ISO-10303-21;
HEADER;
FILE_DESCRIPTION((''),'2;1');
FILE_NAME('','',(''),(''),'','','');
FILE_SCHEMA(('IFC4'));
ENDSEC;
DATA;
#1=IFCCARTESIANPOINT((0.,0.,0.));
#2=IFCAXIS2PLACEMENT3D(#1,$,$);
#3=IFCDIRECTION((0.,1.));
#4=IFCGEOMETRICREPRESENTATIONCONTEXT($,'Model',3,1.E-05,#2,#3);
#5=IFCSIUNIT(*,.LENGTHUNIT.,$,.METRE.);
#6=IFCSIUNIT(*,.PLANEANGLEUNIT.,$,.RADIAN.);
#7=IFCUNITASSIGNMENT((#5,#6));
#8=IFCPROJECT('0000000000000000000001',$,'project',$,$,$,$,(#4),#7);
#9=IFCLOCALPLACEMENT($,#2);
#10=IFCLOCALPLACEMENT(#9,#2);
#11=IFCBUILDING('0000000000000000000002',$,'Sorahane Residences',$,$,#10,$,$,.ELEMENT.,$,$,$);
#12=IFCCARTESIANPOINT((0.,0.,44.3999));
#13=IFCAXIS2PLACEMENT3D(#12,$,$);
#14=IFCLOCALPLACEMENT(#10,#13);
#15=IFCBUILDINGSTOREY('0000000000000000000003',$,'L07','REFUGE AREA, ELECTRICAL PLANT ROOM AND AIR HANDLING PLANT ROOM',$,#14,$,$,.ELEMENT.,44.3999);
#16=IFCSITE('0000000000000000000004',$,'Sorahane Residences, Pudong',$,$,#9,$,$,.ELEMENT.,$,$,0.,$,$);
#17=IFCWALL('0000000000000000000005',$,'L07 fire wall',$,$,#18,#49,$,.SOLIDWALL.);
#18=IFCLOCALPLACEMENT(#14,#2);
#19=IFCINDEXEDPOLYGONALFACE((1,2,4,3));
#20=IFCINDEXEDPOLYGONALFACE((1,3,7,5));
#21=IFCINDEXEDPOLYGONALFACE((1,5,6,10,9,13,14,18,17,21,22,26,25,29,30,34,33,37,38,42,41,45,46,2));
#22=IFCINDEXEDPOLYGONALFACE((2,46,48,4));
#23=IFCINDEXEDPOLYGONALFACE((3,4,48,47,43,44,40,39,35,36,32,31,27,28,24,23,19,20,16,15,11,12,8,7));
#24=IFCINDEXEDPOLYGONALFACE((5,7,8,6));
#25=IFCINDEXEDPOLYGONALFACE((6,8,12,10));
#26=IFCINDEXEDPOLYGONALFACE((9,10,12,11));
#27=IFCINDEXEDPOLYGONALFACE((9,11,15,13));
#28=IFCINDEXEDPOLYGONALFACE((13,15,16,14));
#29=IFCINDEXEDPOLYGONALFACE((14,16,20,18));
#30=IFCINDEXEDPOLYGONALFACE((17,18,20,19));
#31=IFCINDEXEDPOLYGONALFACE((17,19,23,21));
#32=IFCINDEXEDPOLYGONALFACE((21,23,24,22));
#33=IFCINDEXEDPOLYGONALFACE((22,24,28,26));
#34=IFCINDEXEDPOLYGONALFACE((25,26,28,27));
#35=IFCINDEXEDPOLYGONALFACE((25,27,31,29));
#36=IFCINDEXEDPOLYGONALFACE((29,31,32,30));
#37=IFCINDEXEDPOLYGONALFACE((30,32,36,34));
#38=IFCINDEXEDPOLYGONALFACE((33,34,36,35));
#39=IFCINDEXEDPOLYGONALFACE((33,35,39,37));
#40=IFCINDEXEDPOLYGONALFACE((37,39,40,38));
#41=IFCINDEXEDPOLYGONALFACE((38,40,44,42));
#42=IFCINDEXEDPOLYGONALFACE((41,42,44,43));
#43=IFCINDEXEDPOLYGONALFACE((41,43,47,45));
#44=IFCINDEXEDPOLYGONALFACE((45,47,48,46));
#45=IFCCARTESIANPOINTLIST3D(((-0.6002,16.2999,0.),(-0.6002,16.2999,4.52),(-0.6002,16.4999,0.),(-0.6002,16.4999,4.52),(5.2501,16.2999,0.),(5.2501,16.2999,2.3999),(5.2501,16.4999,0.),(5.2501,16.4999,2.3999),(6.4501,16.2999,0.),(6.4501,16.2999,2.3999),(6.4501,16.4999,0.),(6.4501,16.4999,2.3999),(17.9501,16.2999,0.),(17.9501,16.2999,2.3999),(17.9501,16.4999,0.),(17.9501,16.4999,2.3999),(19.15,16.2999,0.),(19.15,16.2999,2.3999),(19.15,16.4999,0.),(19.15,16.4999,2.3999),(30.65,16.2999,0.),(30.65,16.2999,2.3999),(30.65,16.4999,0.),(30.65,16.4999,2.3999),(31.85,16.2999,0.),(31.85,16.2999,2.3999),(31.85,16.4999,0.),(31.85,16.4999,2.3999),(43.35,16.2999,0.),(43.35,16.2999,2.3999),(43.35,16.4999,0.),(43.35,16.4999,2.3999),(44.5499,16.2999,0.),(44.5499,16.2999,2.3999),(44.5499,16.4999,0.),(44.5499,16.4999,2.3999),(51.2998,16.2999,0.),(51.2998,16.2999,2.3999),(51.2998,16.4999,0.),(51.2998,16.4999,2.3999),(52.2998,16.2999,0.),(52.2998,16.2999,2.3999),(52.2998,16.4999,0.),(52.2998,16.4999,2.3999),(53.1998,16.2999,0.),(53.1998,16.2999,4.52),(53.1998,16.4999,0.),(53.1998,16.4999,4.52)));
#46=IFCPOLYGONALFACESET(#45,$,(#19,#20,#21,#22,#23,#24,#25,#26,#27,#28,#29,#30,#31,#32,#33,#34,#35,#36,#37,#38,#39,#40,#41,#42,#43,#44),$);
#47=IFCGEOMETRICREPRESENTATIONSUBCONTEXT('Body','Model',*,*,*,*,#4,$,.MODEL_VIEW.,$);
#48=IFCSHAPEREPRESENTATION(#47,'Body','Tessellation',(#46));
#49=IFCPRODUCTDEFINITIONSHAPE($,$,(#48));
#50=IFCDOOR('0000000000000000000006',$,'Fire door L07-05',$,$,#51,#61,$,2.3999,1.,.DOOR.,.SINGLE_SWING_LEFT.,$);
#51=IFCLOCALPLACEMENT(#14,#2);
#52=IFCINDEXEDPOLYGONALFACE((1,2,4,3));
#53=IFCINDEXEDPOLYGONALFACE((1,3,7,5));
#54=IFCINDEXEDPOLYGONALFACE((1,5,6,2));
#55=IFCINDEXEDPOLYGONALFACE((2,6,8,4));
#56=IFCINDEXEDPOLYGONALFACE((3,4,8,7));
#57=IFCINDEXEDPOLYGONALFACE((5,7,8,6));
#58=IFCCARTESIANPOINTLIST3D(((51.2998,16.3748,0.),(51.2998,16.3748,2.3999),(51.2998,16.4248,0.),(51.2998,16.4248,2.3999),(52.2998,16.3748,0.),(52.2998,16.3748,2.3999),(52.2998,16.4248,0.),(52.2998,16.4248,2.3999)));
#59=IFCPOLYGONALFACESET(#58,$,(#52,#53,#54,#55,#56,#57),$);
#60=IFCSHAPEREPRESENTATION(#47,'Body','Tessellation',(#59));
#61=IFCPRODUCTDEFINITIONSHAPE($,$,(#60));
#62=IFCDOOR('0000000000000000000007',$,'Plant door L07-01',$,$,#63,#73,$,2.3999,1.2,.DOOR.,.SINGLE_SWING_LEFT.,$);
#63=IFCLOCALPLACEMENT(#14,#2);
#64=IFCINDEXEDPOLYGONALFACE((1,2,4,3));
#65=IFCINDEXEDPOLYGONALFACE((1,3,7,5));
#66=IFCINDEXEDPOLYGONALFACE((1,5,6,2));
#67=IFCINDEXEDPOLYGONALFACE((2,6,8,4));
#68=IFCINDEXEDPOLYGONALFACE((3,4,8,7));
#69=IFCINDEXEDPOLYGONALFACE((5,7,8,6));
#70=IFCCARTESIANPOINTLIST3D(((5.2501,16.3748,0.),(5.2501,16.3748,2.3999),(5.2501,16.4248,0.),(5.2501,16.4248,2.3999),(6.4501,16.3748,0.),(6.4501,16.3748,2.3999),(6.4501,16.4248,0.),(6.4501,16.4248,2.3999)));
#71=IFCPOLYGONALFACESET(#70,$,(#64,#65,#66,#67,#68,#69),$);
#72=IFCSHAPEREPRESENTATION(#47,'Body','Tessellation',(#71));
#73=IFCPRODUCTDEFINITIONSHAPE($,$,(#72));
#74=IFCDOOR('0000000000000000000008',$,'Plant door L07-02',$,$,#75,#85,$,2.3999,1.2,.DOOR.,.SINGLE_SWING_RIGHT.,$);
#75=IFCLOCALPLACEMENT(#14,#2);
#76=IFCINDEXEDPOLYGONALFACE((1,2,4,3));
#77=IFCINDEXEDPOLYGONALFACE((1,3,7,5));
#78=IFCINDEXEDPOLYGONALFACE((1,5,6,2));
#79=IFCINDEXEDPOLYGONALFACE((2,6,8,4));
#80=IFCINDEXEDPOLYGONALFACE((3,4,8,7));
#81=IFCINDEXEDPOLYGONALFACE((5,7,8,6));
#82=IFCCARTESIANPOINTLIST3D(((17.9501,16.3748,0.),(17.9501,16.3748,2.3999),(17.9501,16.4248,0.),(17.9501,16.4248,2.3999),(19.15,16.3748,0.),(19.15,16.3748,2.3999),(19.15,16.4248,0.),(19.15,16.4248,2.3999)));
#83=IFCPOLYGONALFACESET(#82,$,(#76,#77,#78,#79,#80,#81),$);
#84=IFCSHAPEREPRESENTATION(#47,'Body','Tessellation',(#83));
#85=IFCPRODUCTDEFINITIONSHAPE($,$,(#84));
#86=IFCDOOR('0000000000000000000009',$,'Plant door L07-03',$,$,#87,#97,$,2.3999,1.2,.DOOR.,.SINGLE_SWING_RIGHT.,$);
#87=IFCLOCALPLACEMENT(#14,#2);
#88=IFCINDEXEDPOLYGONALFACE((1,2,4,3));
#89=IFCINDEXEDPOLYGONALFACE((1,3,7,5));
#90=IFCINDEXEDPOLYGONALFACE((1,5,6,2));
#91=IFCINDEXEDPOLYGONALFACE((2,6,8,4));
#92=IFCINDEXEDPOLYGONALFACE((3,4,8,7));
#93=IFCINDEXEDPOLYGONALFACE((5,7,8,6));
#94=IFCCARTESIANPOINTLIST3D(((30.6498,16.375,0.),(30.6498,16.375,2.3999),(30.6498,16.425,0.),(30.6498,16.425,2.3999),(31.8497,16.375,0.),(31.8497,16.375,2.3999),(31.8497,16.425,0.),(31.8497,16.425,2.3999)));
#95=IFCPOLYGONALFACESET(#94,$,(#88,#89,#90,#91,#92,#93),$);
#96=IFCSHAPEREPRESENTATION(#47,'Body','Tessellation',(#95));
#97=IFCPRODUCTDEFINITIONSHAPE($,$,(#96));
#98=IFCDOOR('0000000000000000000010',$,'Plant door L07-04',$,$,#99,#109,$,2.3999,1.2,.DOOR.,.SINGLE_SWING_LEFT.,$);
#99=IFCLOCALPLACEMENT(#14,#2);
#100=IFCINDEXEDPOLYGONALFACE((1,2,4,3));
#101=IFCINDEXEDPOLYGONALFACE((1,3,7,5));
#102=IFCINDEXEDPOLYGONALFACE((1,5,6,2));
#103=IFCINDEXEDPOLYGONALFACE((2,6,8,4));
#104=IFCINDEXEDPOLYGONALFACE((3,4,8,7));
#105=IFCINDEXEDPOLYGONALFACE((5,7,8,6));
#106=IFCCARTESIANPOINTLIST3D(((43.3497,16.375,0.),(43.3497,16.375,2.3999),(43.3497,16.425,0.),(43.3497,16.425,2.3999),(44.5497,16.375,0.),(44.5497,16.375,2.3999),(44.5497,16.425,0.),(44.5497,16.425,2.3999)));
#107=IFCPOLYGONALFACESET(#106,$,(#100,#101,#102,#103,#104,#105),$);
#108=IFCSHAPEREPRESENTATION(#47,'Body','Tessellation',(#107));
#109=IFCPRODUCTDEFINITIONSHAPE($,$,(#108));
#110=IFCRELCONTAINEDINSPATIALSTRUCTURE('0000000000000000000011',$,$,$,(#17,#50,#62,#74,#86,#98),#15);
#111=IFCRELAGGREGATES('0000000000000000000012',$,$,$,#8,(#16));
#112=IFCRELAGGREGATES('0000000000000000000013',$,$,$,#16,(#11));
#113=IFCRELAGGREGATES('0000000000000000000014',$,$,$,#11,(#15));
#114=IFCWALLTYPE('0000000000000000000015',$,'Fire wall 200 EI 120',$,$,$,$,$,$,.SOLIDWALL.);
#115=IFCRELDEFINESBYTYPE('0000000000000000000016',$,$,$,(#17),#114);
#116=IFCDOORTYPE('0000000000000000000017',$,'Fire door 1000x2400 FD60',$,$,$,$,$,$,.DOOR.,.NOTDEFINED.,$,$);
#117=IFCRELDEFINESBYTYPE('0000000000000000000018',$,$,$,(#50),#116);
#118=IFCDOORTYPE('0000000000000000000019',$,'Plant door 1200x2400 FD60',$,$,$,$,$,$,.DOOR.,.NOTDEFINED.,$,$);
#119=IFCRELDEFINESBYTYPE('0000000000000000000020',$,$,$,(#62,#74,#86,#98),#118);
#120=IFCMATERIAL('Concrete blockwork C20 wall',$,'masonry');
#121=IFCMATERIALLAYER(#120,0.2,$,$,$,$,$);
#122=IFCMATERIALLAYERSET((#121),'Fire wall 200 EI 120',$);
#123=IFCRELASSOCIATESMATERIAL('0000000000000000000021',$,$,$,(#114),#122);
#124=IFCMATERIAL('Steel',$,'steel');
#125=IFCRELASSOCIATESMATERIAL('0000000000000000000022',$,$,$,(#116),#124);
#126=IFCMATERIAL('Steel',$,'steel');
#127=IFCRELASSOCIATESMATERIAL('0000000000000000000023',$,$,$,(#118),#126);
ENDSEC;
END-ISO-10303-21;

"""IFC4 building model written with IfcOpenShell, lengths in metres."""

from ifc_helpers import new_model, si_unit, direction, frame, frame_2d, origin, place, context, subcontext, project, spatial, rectangle, extrude, material, layer, layer_set, type_object, element, fill, save


model = new_model("IFC4")

# Units and contexts
model_context = context("Model", 3, precision=1e-05, world=origin(), true_north=direction((0.0, 1.0)))
body_context = subcontext(model_context, "Body", "Model", "MODEL_VIEW")
ifc_project = project(units=[si_unit("LENGTHUNIT", "METRE"), si_unit("PLANEANGLEUNIT", "RADIAN")], contexts=[model_context])

# Site, building, storey
site_placement = place(None, origin())
site = spatial("IfcSite", under=ifc_project, at=site_placement, Name="Sorahane Residences, Pudong", CompositionType="ELEMENT", RefElevation=0.0)
building_placement = place(site_placement, origin())
building = spatial("IfcBuilding", under=site, at=building_placement, Name="Sorahane Residences", CompositionType="ELEMENT")
storey_placement = place(building_placement, frame((0.0, 0.0, 44.3999)))
storey = spatial("IfcBuildingStorey", under=building, at=storey_placement, Name="L07", Description="REFUGE AREA, ELECTRICAL PLANT ROOM AND AIR HANDLING PLANT ROOM", CompositionType="ELEMENT", Elevation=44.3999)

# Wall, openings, doors
ifc_material_1 = material(Name="Concrete blockwork C20 wall", Category="masonry")
ifc_layer_1 = layer(ifc_material_1, 0.2)
ifc_layer_set_1 = layer_set([ifc_layer_1], Name="Fire wall 200 EI 120")
wall_type_1 = type_object("IfcWallType", Name="Fire wall 200 EI 120", PredefinedType="SOLIDWALL", material=ifc_layer_set_1)
wall_1_placement = place(storey_placement, frame((-0.6001, 16.3999, 0.0), z_axis=(0.0, 0.0, 1.0), x_axis=(1.0, 0.0, 0.0)))
wall_1 = element("IfcWall", 1, at=wall_1_placement, inside=storey, type_object=wall_type_1, Name="L07 fire wall", PredefinedType="SOLIDWALL", context=body_context, shape_type="SweptSolid", body=[
    extrude(rectangle(XDim=53.8, YDim=0.2, at=frame_2d((26.8999, 0.0))), origin(), (0.0, 0.0, 1.0), 4.52),
])
opening_1_placement = place(wall_1_placement, frame((5.8501, 0.0, 0.0)))
opening_1 = element("IfcOpeningElement", 2, at=opening_1_placement, cuts=wall_1, PredefinedType="OPENING", context=body_context, shape_type="SweptSolid", body=[
    extrude(rectangle(XDim=1.2, YDim=2.3999, at=frame_2d((0.6001, 1.2))), frame((0.0, 0.1099, 0.0), z_axis=(0.0, -1.0, 0.0), x_axis=(1.0, 0.0, 0.0)), (0.0, 0.0, 1.0), 0.22),
])
opening_2_placement = place(wall_1_placement, frame((18.55, 0.0, 0.0)))
opening_2 = element("IfcOpeningElement", 3, at=opening_2_placement, cuts=wall_1, PredefinedType="OPENING", context=body_context, shape_type="SweptSolid", body=[
    extrude(rectangle(XDim=1.2, YDim=2.3999, at=frame_2d((0.6001, 1.2))), frame((0.0, 0.1099, 0.0), z_axis=(0.0, -1.0, 0.0), x_axis=(1.0, 0.0, 0.0)), (0.0, 0.0, 1.0), 0.22),
])
opening_3_placement = place(wall_1_placement, frame((31.25, 0.0, 0.0)))
opening_3 = element("IfcOpeningElement", 4, at=opening_3_placement, cuts=wall_1, PredefinedType="OPENING", context=body_context, shape_type="SweptSolid", body=[
    extrude(rectangle(XDim=1.2, YDim=2.3999, at=frame_2d((0.6001, 1.2))), frame((0.0, 0.1099, 0.0), z_axis=(0.0, -1.0, 0.0), x_axis=(1.0, 0.0, 0.0)), (0.0, 0.0, 1.0), 0.22),
])
opening_4_placement = place(wall_1_placement, frame((43.95, 0.0, 0.0)))
opening_4 = element("IfcOpeningElement", 5, at=opening_4_placement, cuts=wall_1, PredefinedType="OPENING", context=body_context, shape_type="SweptSolid", body=[
    extrude(rectangle(XDim=1.2, YDim=2.3999, at=frame_2d((0.6001, 1.2))), frame((0.0, 0.1099, 0.0), z_axis=(0.0, -1.0, 0.0), x_axis=(1.0, 0.0, 0.0)), (0.0, 0.0, 1.0), 0.22),
])
opening_5_placement = place(wall_1_placement, frame((51.8999, 0.0, 0.0)))
opening_5 = element("IfcOpeningElement", 6, at=opening_5_placement, cuts=wall_1, PredefinedType="OPENING", context=body_context, shape_type="SweptSolid", body=[
    extrude(rectangle(XDim=1.0, YDim=2.3999, at=frame_2d((0.5, 1.2))), frame((0.0, 0.1099, 0.0), z_axis=(0.0, -1.0, 0.0), x_axis=(1.0, 0.0, 0.0)), (0.0, 0.0, 1.0), 0.22),
])
ifc_material_2 = material(Name="Steel", Category="steel")
door_type_1 = type_object("IfcDoorType", Name="Fire door 1000x2400 FD60", OperationType="NOTDEFINED", PredefinedType="DOOR", material=ifc_material_2)
door_1_placement = place(opening_5_placement, origin())
door_1 = element("IfcDoor", 7, at=door_1_placement, inside=storey, type_object=door_type_1, Name="Fire door L07-05", OperationType="SINGLE_SWING_LEFT", OverallHeight=2.3999, OverallWidth=1.0, PredefinedType="DOOR", context=body_context, shape_type="SweptSolid", body=[
    extrude(rectangle(XDim=1.0, YDim=2.3999, at=frame_2d((0.5, 1.2))), frame((0.0, 0.0249, 0.0), z_axis=(0.0, -1.0, 0.0), x_axis=(1.0, 0.0, 0.0)), (0.0, 0.0, 1.0), 0.05),
])
fill(opening_5, door_1)
ifc_material_3 = material(Name="Steel", Category="steel")
door_type_2 = type_object("IfcDoorType", Name="Plant door 1200x2400 FD60", OperationType="NOTDEFINED", PredefinedType="DOOR", material=ifc_material_3)
door_2_placement = place(opening_1_placement, origin())
door_2 = element("IfcDoor", 8, at=door_2_placement, inside=storey, type_object=door_type_2, Name="Plant door L07-01", OperationType="SINGLE_SWING_LEFT", OverallHeight=2.3999, OverallWidth=1.2, PredefinedType="DOOR", context=body_context, shape_type="SweptSolid", body=[
    extrude(rectangle(XDim=1.2, YDim=2.3999, at=frame_2d((0.6001, 1.2))), frame((0.0, 0.0249, 0.0), z_axis=(0.0, -1.0, 0.0), x_axis=(1.0, 0.0, 0.0)), (0.0, 0.0, 1.0), 0.05),
])
fill(opening_1, door_2)
door_3_placement = place(opening_2_placement, origin())
door_3 = element("IfcDoor", 9, at=door_3_placement, inside=storey, type_object=door_type_2, Name="Plant door L07-02", OperationType="SINGLE_SWING_RIGHT", OverallHeight=2.3999, OverallWidth=1.2, PredefinedType="DOOR", context=body_context, shape_type="SweptSolid", body=[
    extrude(rectangle(XDim=1.2, YDim=2.3999, at=frame_2d((0.6001, 1.2))), frame((0.0, 0.0249, 0.0), z_axis=(0.0, -1.0, 0.0), x_axis=(1.0, 0.0, 0.0)), (0.0, 0.0, 1.0), 0.05),
])
fill(opening_2, door_3)
door_4_placement = place(opening_3_placement, frame((1.2, 0.0, 0.0), z_axis=(0.0, 0.0, 1.0), x_axis=(-1.0, 0.0, 0.0)))
door_4 = element("IfcDoor", 10, at=door_4_placement, inside=storey, type_object=door_type_2, Name="Plant door L07-03", OperationType="SINGLE_SWING_RIGHT", OverallHeight=2.3999, OverallWidth=1.2, PredefinedType="DOOR", context=body_context, shape_type="SweptSolid", body=[
    extrude(rectangle(XDim=1.2, YDim=2.3999, at=frame_2d((0.6001, 1.2))), frame((0.0, 0.0249, 0.0), z_axis=(0.0, -1.0, 0.0), x_axis=(1.0, 0.0, 0.0)), (0.0, 0.0, 1.0), 0.05),
])
fill(opening_3, door_4)
door_5_placement = place(opening_4_placement, frame((1.2, 0.0, 0.0), z_axis=(0.0, 0.0, 1.0), x_axis=(-1.0, 0.0, 0.0)))
door_5 = element("IfcDoor", 11, at=door_5_placement, inside=storey, type_object=door_type_2, Name="Plant door L07-04", OperationType="SINGLE_SWING_LEFT", OverallHeight=2.3999, OverallWidth=1.2, PredefinedType="DOOR", context=body_context, shape_type="SweptSolid", body=[
    extrude(rectangle(XDim=1.2, YDim=2.3999, at=frame_2d((0.6001, 1.2))), frame((0.0, 0.0249, 0.0), z_axis=(0.0, -1.0, 0.0), x_axis=(1.0, 0.0, 0.0)), (0.0, 0.0, 1.0), 0.05),
])
fill(opening_4, door_5)

save(model, "model.ifc")
